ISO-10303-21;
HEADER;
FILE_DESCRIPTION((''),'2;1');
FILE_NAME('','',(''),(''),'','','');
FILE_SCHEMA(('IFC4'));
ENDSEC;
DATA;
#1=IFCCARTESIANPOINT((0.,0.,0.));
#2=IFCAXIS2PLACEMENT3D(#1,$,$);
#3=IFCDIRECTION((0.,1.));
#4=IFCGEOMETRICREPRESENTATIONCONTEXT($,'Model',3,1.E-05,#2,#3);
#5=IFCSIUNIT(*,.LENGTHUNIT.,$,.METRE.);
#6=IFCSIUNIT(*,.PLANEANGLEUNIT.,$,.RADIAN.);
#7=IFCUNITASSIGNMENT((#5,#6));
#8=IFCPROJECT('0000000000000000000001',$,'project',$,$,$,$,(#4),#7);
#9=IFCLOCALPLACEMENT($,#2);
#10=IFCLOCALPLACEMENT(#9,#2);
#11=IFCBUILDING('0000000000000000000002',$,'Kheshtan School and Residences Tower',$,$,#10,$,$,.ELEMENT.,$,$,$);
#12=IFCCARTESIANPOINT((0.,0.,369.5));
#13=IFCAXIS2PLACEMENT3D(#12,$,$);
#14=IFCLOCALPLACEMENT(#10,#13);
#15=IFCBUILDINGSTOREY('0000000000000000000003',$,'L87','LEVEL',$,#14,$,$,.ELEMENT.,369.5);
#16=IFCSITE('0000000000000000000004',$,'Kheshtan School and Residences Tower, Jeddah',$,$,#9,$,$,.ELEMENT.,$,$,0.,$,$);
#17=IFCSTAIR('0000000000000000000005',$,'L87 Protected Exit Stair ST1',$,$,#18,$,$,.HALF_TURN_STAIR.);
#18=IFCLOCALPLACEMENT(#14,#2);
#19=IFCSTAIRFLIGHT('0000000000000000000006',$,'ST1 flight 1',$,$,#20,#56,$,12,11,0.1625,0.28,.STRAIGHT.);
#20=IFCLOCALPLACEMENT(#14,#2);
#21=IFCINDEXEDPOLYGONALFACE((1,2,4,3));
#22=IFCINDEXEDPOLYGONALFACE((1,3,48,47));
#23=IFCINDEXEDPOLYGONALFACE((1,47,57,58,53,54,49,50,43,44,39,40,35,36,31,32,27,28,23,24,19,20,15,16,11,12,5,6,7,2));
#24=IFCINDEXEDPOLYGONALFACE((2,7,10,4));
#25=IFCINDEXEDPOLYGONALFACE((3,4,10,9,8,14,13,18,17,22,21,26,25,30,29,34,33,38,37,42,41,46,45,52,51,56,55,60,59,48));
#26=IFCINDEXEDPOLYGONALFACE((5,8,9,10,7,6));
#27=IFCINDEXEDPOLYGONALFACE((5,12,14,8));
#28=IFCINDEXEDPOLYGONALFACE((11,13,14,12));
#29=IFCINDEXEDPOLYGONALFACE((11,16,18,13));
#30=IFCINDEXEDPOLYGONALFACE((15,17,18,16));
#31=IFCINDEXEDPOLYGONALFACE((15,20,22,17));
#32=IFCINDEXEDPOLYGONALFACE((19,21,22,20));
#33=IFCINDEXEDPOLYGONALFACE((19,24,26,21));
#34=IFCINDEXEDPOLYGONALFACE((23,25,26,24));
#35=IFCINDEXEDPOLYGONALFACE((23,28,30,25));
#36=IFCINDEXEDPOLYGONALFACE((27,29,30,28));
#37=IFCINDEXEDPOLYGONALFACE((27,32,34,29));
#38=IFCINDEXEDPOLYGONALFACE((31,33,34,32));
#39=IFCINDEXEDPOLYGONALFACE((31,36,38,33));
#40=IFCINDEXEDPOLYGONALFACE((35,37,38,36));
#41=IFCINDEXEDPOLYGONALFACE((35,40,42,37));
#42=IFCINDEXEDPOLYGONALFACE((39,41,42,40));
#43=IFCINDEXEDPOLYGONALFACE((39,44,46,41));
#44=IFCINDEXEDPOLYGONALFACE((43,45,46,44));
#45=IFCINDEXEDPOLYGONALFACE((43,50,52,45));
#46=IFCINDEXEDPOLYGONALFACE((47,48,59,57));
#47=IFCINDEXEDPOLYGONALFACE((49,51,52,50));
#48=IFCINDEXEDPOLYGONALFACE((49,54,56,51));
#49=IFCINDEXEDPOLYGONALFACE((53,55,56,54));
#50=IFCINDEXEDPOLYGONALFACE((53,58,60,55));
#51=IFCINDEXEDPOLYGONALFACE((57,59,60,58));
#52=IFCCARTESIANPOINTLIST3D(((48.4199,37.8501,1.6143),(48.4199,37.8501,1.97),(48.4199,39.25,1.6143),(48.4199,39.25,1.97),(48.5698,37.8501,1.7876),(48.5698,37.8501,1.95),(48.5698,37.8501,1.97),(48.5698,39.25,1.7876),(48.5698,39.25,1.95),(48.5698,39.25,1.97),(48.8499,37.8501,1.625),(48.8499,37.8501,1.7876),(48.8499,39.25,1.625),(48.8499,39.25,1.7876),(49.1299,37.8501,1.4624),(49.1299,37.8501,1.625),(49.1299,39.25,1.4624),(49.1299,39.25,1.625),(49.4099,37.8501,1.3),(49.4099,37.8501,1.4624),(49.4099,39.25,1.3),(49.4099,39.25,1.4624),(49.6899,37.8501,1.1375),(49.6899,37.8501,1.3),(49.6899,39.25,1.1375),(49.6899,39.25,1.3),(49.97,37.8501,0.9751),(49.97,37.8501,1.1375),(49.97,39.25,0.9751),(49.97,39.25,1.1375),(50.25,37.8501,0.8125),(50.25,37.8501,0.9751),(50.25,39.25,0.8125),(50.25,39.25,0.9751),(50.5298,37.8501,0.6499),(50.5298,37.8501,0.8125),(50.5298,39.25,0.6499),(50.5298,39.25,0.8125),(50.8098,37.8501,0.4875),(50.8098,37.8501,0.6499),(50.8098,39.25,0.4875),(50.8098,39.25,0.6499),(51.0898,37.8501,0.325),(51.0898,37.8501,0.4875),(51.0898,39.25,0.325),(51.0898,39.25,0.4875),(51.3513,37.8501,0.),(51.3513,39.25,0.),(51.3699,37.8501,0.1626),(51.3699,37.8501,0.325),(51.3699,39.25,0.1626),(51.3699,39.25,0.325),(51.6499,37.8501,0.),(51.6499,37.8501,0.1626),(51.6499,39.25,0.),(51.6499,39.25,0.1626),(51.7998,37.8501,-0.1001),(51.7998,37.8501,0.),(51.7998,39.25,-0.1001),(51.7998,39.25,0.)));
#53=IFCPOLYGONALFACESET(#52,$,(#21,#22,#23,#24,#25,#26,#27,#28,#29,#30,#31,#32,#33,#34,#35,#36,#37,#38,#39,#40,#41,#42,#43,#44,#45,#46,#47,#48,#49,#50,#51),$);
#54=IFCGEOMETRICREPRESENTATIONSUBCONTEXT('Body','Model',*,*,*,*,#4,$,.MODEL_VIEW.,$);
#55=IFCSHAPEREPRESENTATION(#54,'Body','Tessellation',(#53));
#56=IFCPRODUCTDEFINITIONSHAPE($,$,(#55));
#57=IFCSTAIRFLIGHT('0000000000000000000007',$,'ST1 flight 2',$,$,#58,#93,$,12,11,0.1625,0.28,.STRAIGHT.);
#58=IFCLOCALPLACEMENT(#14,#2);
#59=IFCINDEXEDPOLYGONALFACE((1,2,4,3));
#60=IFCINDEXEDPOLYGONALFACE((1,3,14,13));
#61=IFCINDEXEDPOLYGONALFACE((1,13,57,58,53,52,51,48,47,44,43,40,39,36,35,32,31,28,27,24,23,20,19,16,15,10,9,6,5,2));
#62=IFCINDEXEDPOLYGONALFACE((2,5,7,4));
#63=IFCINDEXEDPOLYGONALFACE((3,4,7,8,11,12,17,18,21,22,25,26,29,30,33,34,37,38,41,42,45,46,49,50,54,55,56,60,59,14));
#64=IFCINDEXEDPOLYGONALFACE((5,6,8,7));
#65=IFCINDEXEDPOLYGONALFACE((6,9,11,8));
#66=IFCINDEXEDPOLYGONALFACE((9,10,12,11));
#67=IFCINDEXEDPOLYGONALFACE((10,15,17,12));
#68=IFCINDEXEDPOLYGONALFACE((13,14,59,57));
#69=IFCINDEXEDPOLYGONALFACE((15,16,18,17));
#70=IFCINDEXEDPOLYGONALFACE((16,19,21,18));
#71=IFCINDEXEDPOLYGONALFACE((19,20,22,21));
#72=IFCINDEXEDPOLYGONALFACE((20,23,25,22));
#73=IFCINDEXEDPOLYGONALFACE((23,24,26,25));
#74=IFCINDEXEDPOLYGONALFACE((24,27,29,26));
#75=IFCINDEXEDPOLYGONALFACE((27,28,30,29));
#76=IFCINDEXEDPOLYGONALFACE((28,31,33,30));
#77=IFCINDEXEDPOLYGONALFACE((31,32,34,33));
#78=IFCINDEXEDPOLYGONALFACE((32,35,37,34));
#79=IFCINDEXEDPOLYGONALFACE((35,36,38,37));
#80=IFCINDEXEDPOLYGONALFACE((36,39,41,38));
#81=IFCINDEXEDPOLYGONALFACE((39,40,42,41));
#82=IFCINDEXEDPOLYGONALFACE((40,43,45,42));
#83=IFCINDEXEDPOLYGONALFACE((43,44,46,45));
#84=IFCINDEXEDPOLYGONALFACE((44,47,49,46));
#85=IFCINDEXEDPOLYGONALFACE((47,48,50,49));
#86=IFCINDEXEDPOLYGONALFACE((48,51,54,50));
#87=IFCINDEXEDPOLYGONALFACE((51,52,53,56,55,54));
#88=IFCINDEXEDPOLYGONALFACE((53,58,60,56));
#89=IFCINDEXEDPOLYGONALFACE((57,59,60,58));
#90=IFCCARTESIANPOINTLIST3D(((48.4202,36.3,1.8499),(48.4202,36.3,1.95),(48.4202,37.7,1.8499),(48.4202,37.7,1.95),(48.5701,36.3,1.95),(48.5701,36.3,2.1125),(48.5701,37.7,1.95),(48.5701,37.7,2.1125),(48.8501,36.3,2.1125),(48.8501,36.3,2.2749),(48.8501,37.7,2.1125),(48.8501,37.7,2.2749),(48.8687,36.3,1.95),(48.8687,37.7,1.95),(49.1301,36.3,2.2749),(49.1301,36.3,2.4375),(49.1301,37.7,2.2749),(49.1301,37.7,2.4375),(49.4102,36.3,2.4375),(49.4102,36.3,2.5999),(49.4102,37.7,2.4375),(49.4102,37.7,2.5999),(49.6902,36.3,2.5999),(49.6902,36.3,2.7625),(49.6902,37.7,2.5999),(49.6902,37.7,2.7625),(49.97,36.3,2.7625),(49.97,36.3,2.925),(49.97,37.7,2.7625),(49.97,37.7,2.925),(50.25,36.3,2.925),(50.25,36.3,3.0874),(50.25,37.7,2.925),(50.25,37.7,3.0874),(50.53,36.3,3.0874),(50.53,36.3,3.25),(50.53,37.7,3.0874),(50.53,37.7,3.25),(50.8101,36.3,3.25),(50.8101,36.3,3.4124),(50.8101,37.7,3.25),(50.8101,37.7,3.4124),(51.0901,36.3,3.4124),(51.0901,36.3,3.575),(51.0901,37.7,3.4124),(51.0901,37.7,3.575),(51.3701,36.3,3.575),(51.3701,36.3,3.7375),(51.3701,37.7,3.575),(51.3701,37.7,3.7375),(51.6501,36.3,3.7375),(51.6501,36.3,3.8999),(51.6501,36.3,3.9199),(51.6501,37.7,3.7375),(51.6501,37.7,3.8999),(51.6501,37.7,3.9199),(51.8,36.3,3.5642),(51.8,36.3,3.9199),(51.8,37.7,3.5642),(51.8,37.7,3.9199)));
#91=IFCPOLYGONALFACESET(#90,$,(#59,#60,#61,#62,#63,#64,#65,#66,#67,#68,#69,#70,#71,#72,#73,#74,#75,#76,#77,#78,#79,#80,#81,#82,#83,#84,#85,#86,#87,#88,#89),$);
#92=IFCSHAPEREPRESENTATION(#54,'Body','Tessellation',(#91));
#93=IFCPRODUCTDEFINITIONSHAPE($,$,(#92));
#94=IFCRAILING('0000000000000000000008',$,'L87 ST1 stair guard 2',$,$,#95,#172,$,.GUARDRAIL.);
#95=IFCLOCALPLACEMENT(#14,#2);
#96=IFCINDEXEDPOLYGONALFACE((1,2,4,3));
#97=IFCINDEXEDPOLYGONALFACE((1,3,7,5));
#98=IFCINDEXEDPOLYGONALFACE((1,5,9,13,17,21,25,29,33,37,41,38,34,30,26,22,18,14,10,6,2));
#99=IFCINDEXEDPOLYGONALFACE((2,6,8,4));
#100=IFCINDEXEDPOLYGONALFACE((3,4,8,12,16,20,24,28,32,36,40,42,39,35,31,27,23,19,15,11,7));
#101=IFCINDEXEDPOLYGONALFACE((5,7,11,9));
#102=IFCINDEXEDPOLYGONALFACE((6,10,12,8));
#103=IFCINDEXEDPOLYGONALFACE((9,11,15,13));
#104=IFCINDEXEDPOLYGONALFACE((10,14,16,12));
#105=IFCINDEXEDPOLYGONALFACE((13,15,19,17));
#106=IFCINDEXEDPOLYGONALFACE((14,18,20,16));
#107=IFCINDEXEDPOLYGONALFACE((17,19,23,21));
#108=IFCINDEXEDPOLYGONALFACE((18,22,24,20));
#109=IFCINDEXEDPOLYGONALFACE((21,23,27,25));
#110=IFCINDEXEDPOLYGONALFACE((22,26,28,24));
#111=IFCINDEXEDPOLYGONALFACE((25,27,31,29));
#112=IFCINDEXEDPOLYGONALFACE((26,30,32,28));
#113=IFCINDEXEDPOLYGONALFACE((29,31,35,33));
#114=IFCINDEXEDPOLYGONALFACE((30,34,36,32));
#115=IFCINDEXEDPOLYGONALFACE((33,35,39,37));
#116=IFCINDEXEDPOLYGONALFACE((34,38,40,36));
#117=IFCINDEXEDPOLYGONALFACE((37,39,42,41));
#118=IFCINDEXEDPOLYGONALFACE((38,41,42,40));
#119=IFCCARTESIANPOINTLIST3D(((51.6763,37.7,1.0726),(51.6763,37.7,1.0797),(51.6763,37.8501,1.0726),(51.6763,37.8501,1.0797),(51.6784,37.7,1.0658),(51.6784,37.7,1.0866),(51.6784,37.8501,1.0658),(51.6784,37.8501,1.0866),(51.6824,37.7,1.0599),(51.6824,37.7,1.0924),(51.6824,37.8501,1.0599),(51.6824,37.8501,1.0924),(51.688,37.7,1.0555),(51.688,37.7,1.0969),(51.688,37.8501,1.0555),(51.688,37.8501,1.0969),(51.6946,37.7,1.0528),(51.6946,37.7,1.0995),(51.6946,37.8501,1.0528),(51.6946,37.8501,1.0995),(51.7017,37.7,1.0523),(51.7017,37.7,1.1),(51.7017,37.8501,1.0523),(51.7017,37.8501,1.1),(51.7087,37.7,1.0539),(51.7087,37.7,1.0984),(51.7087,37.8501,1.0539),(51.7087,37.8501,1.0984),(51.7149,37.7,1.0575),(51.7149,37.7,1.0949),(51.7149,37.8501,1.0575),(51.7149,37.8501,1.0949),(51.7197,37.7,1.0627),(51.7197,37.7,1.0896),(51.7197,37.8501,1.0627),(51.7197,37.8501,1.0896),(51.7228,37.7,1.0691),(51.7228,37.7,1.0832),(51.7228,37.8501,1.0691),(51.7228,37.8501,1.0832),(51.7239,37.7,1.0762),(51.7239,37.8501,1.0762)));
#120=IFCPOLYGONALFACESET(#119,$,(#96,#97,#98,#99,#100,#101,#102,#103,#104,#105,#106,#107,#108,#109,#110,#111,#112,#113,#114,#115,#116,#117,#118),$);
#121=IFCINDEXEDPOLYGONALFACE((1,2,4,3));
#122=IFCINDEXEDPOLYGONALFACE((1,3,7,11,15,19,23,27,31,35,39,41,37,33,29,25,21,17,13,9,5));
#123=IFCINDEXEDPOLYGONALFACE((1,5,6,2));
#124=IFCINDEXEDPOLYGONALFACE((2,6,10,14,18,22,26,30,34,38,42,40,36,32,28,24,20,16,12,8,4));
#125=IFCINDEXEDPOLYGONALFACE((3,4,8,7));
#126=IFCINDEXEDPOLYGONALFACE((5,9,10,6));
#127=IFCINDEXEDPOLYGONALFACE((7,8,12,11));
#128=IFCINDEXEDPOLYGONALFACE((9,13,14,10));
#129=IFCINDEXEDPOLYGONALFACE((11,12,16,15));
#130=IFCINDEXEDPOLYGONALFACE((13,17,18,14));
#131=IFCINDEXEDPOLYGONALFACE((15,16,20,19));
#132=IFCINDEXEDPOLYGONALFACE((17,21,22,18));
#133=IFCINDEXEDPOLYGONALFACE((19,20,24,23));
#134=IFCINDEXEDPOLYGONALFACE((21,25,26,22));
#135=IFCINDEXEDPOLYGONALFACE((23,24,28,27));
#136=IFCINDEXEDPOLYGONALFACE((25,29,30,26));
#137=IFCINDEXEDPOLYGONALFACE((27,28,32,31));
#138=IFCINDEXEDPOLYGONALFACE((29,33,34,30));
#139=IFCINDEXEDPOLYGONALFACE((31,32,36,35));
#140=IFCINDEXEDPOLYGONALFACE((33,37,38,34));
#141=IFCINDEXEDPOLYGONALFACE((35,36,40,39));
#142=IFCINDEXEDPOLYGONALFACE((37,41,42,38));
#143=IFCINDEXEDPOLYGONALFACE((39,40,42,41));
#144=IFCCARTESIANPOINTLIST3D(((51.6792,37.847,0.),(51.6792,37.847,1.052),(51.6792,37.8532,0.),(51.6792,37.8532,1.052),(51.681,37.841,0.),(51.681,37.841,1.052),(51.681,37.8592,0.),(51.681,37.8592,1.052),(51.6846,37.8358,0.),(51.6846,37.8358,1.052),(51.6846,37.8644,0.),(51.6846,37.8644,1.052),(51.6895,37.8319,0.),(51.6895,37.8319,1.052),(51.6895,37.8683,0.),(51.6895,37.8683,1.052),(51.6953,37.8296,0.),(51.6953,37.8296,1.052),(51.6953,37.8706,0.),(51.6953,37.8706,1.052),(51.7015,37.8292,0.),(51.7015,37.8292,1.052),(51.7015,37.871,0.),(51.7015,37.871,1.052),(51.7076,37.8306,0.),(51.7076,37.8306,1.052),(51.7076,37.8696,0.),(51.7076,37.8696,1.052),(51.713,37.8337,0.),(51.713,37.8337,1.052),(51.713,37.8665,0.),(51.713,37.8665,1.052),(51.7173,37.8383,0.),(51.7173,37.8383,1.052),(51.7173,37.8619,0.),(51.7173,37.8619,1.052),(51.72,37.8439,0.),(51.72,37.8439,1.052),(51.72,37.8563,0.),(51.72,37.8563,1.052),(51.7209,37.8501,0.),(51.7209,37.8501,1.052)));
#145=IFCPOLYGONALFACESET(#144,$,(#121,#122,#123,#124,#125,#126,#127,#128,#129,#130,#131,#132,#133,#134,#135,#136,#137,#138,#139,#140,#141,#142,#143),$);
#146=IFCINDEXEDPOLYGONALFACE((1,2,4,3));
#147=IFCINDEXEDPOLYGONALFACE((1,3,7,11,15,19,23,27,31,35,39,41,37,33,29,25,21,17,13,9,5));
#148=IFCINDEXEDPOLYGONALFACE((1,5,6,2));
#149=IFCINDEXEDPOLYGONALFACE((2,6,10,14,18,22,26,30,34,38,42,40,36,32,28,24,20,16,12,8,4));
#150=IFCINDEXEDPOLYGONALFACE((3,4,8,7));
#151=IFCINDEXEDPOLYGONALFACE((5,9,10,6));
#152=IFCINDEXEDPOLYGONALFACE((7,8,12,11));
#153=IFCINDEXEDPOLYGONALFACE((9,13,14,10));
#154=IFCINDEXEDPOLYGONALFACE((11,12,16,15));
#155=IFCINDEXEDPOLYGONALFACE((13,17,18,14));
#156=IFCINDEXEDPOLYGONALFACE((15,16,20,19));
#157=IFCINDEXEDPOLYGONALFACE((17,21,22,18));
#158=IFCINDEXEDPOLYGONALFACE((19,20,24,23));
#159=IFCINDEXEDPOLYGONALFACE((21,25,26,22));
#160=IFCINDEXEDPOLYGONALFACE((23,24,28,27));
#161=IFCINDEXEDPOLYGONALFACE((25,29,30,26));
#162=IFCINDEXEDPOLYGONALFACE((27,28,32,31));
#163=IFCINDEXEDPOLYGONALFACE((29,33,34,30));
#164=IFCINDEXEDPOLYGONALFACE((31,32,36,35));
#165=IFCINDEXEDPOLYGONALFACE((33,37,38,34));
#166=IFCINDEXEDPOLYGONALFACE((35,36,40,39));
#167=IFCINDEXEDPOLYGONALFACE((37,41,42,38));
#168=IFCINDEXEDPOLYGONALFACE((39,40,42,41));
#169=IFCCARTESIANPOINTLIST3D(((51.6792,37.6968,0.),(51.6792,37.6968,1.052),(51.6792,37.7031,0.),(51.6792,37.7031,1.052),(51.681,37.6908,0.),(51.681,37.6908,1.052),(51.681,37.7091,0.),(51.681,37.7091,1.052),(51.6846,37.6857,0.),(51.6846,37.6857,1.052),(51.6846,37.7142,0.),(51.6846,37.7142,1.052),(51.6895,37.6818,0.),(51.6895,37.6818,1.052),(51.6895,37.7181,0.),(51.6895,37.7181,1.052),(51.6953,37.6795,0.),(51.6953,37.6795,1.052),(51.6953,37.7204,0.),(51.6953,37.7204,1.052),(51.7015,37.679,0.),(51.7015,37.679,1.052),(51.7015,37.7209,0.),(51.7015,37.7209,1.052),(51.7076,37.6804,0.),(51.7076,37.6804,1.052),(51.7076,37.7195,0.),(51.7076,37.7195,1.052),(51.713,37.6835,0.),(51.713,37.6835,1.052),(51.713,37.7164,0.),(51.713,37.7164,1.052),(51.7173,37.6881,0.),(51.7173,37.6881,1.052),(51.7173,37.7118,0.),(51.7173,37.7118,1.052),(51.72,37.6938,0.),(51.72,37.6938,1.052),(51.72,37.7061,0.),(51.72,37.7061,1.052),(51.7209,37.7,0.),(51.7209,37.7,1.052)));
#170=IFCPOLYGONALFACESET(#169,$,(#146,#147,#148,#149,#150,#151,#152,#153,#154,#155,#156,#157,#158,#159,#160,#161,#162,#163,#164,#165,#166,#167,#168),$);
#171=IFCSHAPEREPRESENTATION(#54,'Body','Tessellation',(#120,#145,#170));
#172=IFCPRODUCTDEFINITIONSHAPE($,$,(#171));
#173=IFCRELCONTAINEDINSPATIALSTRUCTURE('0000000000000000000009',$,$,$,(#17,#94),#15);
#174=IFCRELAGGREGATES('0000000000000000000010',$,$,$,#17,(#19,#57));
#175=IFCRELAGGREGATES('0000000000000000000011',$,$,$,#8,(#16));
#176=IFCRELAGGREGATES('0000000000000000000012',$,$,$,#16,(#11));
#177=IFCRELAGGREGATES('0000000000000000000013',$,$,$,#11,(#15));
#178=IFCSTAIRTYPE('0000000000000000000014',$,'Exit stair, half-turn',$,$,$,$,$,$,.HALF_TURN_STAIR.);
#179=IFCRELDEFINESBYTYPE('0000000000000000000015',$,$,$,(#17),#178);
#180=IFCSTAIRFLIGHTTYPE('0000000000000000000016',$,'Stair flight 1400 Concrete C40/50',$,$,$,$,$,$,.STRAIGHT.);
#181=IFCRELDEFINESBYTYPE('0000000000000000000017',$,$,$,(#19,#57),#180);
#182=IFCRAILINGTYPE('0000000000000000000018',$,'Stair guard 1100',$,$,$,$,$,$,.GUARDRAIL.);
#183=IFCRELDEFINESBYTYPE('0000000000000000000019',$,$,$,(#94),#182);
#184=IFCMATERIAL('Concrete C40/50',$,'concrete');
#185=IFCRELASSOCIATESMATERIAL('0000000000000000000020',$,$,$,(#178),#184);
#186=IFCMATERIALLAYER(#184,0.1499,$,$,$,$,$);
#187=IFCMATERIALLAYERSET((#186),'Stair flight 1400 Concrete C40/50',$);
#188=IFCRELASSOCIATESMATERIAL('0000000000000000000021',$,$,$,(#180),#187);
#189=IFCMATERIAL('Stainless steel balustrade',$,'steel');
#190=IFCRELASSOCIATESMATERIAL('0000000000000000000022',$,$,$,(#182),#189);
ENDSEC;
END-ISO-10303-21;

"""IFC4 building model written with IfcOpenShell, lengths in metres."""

from ifc_helpers import new_model, si_unit, direction, frame, origin, origin_2d, place, context, subcontext, project, spatial, polyline, circle, outline, extrude, material, layer, layer_set, type_object, element, aggregate, save


model = new_model("IFC4")

# Units and contexts
model_context = context("Model", 3, precision=1e-05, world=origin(), true_north=direction((0.0, 1.0)))
body_context = subcontext(model_context, "Body", "Model", "MODEL_VIEW")
ifc_project = project(units=[si_unit("LENGTHUNIT", "METRE"), si_unit("PLANEANGLEUNIT", "RADIAN")], contexts=[model_context])

# Site, building, storey
site_placement = place(None, origin())
site = spatial("IfcSite", under=ifc_project, at=site_placement, Name="Kheshtan School and Residences Tower, Jeddah", CompositionType="ELEMENT", RefElevation=0.0)
building_placement = place(site_placement, origin())
building = spatial("IfcBuilding", under=site, at=building_placement, Name="Kheshtan School and Residences Tower", CompositionType="ELEMENT")
storey_placement = place(building_placement, frame((0.0, 0.0, 369.5)))
storey = spatial("IfcBuildingStorey", under=building, at=storey_placement, Name="L87", Description="LEVEL", CompositionType="ELEMENT", Elevation=369.5)

# Shared definitions
ifc_material_1 = material(Name="Concrete C40/50", Category="concrete")

# Stair, stair flights
stair_type = type_object("IfcStairType", Name="Exit stair, half-turn", PredefinedType="HALF_TURN_STAIR", material=ifc_material_1)
stair_placement = place(storey_placement, origin())
stair = element("IfcStair", 1, at=stair_placement, inside=storey, type_object=stair_type, Name="L87 Protected Exit Stair ST1", PredefinedType="HALF_TURN_STAIR")
ifc_layer_1 = layer(ifc_material_1, 0.1499)
ifc_layer_set_1 = layer_set([ifc_layer_1], Name="Stair flight 1400 Concrete C40/50")
stair_flight_type = type_object("IfcStairFlightType", Name="Stair flight 1400 Concrete C40/50", PredefinedType="STRAIGHT", material=ifc_layer_set_1)
stair_flight_1_placement = place(storey_placement, frame((51.6499, 38.55, 0.0), z_axis=(0.0, 0.0, 1.0), x_axis=(-1.0, 0.0, 0.0)))
stair_flight_1 = element("IfcStairFlight", 2, at=stair_flight_1_placement, type_object=stair_flight_type, Name="ST1 flight 1", NumberOfRisers=12, NumberOfTreads=11, PredefinedType="STRAIGHT", RiserHeight=0.1625, TreadLength=0.28, context=body_context, shape_type="SweptSolid", body=[
    extrude(outline(polyline([(-0.1499, -0.1001), (-0.1499, 0.0), (0.0, 0.0), (0.0, 0.1626), (0.28, 0.1626), (0.28, 0.325), (0.5601, 0.325), (0.5601, 0.4875), (0.8401, 0.4875), (0.8401, 0.6499), (1.1201, 0.6499), (1.1201, 0.8125), (1.3999, 0.8125), (1.3999, 0.9751), (1.6799, 0.9751), (1.6799, 1.1375), (1.96, 1.1375), (1.96, 1.3), (2.24, 1.3), (2.24, 1.4624), (2.52, 1.4624), (2.52, 1.625), (2.8, 1.625), (2.8, 1.7876), (3.0801, 1.7876), (3.0801, 1.95), (3.0801, 1.97), (3.23, 1.97), (3.23, 1.6143), (0.2986, 0.0), (-0.1499, -0.1001)])), frame((0.0, 0.7, 0.0), z_axis=(0.0, -1.0, 0.0), x_axis=(1.0, 0.0, 0.0)), (0.0, 0.0, 1.0), 1.3999),
])
stair_flight_2_placement = place(storey_placement, frame((48.5701, 37.0, 1.95), z_axis=(0.0, 0.0, 1.0), x_axis=(1.0, 0.0, 0.0)))
stair_flight_2 = element("IfcStairFlight", 3, at=stair_flight_2_placement, type_object=stair_flight_type, Name="ST1 flight 2", NumberOfRisers=12, NumberOfTreads=11, PredefinedType="STRAIGHT", RiserHeight=0.1625, TreadLength=0.28, context=body_context, shape_type="SweptSolid", body=[
    extrude(outline(polyline([(-0.1499, -0.1001), (-0.1499, 0.0), (0.0, 0.0), (0.0, 0.1626), (0.28, 0.1626), (0.28, 0.325), (0.5601, 0.325), (0.5601, 0.4875), (0.8401, 0.4875), (0.8401, 0.6499), (1.1201, 0.6499), (1.1201, 0.8125), (1.3999, 0.8125), (1.3999, 0.9751), (1.6799, 0.9751), (1.6799, 1.1375), (1.96, 1.1375), (1.96, 1.3), (2.24, 1.3), (2.24, 1.4624), (2.52, 1.4624), (2.52, 1.625), (2.8, 1.625), (2.8, 1.7876), (3.0801, 1.7876), (3.0801, 1.95), (3.0801, 1.97), (3.23, 1.97), (3.23, 1.6143), (0.2986, 0.0), (-0.1499, -0.1001)])), frame((0.0, 0.7, 0.0), z_axis=(0.0, -1.0, 0.0), x_axis=(1.0, 0.0, 0.0)), (0.0, 0.0, 1.0), 1.3999),
])
aggregate(stair, [stair_flight_1, stair_flight_2])

# Railing
ifc_material_2 = material(Name="Stainless steel balustrade", Category="steel")
railing_type_1 = type_object("IfcRailingType", Name="Stair guard 1100", PredefinedType="GUARDRAIL", material=ifc_material_2)
railing_1_placement = place(storey_placement, frame((51.7, 37.8501, 0.0)))
element("IfcRailing", 4, at=railing_1_placement, inside=storey, type_object=railing_type_1, Name="L87 ST1 stair guard 2", PredefinedType="GUARDRAIL", context=body_context, shape_type="SweptSolid", body=[
    extrude(circle(Radius=0.0239, at=origin_2d()), frame((0.0, 0.0, 1.0762), z_axis=(0.0, -1.0, 0.0), x_axis=(1.0, 0.0, 0.0)), (0.0, 0.0, 1.0), 0.1501),
    extrude(circle(Radius=0.021, at=origin_2d()), origin(), (0.0, 0.0, 1.0), 1.052),
    extrude(circle(Radius=0.021, at=origin_2d()), frame((0.0, -0.1501, 0.0)), (0.0, 0.0, 1.0), 1.052),
])

save(model, "model.ifc")
